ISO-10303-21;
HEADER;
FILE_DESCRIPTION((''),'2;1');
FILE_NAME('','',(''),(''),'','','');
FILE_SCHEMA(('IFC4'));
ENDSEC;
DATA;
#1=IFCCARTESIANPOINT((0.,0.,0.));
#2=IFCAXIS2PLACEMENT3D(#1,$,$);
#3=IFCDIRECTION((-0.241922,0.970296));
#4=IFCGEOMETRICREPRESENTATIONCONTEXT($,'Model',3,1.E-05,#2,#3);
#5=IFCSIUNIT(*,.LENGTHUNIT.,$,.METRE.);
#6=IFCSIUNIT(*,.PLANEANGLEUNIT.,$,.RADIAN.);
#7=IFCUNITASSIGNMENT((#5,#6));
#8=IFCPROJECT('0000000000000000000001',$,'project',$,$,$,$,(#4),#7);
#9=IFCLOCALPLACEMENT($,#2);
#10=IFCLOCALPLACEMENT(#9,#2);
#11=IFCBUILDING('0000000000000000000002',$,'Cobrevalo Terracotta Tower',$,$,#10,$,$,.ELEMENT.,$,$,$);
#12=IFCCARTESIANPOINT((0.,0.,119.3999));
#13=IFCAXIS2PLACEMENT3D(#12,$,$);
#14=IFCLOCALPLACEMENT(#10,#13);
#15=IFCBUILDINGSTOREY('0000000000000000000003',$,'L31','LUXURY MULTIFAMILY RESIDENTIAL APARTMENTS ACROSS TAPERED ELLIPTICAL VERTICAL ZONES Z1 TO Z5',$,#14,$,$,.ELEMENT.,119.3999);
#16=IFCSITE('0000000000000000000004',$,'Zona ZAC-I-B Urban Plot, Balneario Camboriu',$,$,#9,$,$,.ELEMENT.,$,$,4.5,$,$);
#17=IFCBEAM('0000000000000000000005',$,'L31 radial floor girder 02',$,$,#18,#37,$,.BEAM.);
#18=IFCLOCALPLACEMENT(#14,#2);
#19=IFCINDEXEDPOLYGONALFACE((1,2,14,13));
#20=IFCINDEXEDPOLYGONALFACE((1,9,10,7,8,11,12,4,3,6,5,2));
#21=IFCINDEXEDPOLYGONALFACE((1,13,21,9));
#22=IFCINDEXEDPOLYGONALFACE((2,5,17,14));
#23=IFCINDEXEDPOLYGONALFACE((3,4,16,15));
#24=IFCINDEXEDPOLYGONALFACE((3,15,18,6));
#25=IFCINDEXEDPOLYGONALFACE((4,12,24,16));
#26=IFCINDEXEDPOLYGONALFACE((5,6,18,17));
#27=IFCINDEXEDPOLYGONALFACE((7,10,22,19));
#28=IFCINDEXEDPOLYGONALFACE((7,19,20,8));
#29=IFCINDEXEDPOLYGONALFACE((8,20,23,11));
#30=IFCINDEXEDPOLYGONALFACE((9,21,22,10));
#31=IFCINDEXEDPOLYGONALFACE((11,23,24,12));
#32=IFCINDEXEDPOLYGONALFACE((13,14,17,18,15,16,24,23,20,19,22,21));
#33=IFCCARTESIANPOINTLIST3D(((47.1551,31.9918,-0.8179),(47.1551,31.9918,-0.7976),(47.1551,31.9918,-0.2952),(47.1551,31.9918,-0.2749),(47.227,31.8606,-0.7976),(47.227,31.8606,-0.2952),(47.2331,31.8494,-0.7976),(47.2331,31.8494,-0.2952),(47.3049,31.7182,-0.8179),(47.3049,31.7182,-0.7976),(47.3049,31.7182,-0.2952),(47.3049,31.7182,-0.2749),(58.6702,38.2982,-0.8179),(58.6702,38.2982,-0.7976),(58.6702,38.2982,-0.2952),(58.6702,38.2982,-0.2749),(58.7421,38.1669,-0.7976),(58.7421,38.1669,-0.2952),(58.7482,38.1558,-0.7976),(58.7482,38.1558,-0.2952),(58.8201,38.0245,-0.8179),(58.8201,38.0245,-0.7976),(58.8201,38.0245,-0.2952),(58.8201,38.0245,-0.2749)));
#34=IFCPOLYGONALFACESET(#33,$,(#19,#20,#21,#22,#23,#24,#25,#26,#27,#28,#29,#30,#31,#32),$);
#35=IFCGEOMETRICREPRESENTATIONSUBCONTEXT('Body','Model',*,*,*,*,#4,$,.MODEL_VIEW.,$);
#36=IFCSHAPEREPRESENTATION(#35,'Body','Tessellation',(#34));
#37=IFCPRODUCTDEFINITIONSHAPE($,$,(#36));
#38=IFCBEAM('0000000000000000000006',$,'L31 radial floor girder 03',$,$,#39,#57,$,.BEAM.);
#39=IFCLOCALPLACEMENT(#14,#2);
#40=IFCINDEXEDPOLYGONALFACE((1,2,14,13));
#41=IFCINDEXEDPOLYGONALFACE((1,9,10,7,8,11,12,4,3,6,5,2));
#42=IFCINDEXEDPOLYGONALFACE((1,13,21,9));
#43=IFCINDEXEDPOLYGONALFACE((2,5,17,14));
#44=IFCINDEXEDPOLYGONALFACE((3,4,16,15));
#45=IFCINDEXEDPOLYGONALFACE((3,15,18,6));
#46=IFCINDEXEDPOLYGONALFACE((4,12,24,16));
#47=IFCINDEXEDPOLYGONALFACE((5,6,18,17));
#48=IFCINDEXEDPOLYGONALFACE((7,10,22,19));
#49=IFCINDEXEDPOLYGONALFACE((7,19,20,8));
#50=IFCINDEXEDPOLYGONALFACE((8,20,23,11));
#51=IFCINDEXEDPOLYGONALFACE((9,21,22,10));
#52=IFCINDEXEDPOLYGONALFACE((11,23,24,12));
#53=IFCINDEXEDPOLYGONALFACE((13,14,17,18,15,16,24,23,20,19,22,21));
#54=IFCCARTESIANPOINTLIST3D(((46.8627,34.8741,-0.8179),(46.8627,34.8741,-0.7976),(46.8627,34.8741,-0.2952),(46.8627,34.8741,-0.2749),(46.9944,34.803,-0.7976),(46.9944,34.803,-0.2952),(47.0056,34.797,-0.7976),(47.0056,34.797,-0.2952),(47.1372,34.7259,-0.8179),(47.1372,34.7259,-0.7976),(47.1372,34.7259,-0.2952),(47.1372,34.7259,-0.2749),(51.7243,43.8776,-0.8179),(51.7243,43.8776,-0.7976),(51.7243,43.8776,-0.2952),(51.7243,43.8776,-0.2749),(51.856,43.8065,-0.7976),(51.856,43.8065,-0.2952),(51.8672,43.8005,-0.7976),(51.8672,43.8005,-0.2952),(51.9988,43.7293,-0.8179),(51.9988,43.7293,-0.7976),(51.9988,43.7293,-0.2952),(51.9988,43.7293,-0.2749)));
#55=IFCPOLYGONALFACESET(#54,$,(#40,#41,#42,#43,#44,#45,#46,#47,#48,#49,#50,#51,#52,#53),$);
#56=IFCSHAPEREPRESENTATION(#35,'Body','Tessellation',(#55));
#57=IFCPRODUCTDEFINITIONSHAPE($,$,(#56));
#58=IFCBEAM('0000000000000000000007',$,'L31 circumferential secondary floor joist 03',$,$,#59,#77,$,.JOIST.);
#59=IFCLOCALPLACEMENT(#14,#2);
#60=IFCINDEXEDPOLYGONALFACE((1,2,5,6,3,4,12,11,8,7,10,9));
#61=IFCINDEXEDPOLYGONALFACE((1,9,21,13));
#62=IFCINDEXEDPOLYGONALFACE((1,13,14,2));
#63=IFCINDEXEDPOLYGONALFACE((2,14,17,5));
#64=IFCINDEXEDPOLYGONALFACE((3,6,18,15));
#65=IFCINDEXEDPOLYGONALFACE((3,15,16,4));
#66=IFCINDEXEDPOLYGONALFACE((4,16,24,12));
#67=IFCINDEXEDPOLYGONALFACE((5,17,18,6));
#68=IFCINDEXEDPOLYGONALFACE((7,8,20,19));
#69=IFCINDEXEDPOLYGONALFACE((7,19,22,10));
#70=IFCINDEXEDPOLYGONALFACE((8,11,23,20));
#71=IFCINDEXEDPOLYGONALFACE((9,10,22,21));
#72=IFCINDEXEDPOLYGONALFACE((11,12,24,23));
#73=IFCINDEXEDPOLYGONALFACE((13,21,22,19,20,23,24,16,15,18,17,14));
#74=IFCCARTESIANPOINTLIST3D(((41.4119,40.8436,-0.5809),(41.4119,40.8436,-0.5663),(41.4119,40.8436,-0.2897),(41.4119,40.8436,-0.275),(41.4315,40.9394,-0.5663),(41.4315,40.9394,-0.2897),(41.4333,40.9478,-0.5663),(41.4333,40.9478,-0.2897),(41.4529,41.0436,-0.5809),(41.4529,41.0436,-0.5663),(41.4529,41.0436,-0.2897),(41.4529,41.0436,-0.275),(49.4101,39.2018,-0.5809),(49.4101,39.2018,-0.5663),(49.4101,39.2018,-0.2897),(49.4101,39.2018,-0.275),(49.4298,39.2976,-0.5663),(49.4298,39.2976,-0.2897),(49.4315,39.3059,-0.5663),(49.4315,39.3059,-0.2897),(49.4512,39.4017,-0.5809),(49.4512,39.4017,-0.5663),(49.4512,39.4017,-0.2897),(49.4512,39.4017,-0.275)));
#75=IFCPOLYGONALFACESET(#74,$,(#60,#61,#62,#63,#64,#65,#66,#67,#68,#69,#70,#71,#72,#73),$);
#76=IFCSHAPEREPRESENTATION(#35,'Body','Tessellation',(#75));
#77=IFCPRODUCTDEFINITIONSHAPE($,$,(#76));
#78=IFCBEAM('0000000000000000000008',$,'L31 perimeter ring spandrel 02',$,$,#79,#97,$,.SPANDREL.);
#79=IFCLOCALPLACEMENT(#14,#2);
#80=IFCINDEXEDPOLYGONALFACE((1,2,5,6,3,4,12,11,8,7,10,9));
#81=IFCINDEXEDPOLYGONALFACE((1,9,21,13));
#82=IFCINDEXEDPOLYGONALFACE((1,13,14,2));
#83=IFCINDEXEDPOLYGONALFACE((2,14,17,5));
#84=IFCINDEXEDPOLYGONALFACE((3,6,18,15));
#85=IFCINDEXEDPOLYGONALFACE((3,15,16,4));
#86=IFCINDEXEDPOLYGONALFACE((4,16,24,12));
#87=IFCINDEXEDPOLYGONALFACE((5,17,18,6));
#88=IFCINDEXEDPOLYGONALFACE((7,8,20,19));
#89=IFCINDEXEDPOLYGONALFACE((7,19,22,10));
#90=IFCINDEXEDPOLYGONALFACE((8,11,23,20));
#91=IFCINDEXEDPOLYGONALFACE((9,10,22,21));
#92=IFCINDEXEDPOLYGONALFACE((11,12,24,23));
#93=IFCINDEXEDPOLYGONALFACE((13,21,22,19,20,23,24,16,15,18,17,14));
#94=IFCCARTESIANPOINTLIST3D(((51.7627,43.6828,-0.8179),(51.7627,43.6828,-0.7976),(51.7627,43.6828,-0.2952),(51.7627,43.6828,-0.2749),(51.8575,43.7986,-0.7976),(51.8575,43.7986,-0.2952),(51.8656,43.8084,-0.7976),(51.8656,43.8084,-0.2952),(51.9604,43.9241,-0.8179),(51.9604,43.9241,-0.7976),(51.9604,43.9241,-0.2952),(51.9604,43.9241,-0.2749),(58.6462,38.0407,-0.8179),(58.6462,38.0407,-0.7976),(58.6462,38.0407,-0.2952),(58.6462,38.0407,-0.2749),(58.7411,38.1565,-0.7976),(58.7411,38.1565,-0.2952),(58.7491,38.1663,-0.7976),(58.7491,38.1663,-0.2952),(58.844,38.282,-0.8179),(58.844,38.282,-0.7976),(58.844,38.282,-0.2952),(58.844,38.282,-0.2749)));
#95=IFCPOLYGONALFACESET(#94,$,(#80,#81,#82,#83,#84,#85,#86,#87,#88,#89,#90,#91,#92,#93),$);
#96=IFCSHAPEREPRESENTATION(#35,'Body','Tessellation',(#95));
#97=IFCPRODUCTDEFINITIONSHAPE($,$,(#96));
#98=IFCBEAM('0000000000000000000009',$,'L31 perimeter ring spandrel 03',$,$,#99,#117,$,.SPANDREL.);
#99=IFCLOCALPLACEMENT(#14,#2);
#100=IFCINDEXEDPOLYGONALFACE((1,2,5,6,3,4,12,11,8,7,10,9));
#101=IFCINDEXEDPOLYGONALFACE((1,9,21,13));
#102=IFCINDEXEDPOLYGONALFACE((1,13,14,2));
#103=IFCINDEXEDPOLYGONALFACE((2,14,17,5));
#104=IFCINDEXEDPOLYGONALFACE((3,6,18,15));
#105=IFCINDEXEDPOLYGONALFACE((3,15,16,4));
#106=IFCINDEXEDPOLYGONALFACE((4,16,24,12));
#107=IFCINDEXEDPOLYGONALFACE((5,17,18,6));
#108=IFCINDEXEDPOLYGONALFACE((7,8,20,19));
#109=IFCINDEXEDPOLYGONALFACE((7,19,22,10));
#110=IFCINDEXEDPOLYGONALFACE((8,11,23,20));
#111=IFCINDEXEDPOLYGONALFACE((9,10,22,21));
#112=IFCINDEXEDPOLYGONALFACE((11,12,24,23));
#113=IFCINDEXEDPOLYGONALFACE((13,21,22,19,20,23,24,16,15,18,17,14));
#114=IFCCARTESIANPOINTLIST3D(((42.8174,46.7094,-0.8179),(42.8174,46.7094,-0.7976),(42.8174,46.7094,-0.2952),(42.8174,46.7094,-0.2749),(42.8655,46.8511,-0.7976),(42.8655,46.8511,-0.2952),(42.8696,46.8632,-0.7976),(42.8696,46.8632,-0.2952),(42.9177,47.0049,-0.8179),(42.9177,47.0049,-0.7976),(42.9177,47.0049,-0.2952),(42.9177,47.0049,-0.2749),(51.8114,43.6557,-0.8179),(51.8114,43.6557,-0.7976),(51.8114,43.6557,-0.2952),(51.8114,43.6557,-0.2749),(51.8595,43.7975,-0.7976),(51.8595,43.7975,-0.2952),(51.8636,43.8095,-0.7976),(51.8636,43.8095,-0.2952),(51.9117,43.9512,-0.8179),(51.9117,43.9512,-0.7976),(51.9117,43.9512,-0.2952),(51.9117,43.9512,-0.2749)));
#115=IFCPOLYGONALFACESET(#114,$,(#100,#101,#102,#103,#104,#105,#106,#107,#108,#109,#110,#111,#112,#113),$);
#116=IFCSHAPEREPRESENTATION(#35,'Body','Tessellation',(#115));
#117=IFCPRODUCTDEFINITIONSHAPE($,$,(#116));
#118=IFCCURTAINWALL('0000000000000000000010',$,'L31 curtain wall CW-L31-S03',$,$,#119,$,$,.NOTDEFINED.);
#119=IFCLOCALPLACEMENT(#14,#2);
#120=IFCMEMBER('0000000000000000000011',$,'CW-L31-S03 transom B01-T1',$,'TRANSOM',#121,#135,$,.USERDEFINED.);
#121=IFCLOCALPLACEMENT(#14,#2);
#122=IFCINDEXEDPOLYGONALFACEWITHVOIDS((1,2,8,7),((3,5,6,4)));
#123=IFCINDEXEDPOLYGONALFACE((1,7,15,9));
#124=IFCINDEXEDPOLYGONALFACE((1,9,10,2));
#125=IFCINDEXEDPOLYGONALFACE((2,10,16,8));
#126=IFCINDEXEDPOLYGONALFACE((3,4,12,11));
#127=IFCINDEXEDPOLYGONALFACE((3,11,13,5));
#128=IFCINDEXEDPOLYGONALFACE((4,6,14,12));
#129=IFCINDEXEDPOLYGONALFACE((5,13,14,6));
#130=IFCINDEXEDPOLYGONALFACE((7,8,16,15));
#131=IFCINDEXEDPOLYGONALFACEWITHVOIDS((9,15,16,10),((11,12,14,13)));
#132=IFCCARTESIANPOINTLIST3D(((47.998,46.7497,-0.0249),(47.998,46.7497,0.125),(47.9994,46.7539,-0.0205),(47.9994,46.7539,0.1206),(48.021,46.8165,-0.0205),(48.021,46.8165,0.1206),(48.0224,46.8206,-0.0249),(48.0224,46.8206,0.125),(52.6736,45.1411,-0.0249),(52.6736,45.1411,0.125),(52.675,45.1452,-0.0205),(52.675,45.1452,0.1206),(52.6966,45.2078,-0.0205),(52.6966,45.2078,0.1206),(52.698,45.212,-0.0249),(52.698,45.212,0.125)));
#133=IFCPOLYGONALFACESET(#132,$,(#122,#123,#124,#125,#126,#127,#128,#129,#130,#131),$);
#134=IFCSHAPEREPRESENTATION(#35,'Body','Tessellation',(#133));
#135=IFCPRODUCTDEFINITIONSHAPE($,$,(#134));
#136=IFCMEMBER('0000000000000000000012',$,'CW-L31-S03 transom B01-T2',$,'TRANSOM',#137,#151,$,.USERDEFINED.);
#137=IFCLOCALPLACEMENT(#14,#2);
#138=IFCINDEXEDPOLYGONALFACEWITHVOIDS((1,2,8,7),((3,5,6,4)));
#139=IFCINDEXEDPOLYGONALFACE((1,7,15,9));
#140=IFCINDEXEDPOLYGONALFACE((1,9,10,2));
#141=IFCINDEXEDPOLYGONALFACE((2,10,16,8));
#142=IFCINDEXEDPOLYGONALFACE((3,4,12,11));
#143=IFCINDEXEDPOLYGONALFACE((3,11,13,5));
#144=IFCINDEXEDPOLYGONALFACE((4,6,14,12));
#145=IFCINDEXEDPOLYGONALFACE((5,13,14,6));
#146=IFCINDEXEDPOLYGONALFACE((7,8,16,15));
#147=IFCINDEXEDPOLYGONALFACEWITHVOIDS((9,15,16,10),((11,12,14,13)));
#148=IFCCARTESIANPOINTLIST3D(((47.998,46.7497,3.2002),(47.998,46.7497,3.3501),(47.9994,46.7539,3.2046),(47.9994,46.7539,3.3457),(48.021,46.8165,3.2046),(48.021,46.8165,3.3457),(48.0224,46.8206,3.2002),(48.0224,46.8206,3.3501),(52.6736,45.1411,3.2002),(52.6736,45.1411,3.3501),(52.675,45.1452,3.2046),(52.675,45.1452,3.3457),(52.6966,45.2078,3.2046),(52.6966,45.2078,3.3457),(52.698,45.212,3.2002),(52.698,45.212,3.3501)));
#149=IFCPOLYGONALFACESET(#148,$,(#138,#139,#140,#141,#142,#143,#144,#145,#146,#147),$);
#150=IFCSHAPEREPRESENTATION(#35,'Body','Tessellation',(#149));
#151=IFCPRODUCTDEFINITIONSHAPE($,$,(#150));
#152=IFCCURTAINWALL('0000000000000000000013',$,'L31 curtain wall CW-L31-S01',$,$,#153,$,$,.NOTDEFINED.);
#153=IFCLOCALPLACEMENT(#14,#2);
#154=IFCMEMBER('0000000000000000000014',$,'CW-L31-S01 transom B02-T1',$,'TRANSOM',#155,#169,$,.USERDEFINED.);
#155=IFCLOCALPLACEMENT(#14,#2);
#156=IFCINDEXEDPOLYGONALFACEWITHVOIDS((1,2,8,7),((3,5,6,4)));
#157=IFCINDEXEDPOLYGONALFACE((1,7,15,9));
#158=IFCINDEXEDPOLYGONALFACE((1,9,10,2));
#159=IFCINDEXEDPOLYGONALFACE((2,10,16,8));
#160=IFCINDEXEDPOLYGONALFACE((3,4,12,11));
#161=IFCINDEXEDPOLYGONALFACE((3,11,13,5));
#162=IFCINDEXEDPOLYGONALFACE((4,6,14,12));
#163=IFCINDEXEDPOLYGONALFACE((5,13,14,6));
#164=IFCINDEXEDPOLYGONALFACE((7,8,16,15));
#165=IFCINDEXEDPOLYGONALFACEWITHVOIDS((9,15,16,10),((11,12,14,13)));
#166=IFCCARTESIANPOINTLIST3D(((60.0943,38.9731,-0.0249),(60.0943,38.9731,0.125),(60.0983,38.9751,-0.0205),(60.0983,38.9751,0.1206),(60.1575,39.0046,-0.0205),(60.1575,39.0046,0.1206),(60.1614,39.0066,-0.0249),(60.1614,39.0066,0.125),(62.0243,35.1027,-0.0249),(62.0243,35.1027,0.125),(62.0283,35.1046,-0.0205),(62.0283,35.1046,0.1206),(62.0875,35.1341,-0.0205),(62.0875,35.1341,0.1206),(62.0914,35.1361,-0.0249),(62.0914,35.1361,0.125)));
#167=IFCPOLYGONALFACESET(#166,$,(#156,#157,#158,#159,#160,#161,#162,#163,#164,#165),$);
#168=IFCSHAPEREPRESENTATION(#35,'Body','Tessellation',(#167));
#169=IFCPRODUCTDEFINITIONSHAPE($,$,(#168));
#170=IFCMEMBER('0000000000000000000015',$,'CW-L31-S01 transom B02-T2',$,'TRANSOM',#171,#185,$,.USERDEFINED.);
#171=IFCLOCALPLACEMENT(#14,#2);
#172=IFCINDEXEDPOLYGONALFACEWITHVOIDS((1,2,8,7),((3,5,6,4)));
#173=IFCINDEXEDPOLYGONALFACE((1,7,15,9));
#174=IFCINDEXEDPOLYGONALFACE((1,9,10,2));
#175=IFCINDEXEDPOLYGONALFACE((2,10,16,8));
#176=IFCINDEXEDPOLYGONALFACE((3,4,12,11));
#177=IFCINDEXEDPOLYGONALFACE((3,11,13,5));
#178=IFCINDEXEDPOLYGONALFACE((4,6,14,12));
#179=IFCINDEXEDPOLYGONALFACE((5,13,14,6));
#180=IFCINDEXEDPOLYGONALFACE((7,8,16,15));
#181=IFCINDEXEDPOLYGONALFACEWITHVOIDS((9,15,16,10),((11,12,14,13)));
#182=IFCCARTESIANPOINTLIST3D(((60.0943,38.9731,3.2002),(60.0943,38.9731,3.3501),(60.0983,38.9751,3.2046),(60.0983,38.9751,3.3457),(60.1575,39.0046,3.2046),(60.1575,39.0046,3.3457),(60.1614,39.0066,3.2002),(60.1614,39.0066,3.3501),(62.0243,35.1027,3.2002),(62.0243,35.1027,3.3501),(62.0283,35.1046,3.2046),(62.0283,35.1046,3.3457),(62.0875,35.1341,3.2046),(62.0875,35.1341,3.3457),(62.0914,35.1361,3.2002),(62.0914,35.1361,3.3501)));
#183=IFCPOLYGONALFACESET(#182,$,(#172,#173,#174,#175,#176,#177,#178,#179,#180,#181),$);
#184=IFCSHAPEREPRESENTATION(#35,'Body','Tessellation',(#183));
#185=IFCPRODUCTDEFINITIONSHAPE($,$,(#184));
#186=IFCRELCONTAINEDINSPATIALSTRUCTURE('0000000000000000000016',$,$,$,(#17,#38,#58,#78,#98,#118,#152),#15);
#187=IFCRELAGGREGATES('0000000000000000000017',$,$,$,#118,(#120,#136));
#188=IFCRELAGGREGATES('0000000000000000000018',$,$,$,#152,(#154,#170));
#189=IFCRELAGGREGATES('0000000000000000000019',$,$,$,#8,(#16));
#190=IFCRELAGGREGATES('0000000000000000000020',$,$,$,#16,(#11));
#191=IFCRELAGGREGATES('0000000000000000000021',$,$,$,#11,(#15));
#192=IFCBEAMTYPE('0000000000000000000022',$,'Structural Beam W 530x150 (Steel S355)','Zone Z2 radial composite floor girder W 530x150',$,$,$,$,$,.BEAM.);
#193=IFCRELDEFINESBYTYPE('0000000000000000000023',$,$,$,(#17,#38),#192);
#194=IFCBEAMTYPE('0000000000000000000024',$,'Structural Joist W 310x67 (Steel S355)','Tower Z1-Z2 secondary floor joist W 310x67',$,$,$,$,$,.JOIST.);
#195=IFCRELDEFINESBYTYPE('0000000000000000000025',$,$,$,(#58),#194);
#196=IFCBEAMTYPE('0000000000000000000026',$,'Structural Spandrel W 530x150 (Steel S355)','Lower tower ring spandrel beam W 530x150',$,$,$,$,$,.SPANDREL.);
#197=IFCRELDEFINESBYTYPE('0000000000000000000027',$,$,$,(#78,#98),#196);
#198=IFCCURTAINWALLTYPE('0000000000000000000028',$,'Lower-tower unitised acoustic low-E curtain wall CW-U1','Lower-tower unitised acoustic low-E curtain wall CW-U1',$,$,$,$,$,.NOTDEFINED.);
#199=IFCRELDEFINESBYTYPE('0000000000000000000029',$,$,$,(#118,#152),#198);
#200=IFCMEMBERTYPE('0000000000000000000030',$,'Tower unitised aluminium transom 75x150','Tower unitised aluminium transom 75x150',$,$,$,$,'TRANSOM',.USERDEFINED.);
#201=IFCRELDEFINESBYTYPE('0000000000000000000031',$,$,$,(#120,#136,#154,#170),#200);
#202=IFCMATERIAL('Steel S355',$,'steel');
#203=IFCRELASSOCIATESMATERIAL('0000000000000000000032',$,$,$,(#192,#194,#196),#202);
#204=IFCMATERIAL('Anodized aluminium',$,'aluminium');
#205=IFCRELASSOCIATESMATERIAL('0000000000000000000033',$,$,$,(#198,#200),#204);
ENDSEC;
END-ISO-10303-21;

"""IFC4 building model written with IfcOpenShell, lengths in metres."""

from ifc_helpers import new_model, si_unit, direction, frame, origin, origin_2d, place, context, subcontext, project, spatial, hollow_rectangle, i_section, extrude, source, transform, mapped, material, material_profile, profile_set, type_object, element, aggregate, save


model = new_model("IFC4")

# Units and contexts
model_context = context("Model", 3, precision=1e-05, world=origin(), true_north=direction((-0.241922, 0.970296)))
body_context = subcontext(model_context, "Body", "Model", "MODEL_VIEW")
ifc_project = project(units=[si_unit("LENGTHUNIT", "METRE"), si_unit("PLANEANGLEUNIT", "RADIAN")], contexts=[model_context])

# Site, building, storey
site_placement = place(None, origin())
site = spatial("IfcSite", under=ifc_project, at=site_placement, Name="Zona ZAC-I-B Urban Plot, Balneario Camboriu", CompositionType="ELEMENT", RefElevation=4.5)
building_placement = place(site_placement, origin())
building = spatial("IfcBuilding", under=site, at=building_placement, Name="Cobrevalo Terracotta Tower", CompositionType="ELEMENT")
storey_placement = place(building_placement, frame((0.0, 0.0, 119.3999)))
storey = spatial("IfcBuildingStorey", under=building, at=storey_placement, Name="L31", Description="LUXURY MULTIFAMILY RESIDENTIAL APARTMENTS ACROSS TAPERED ELLIPTICAL VERTICAL ZONES Z1 TO Z5", CompositionType="ELEMENT", Elevation=119.3999)

# Shared definitions
ifc_material_1 = material(Name="Steel S355", Category="steel")

# Beams
ifc_material_profile_1 = material_profile(ifc_material_1, i_section(OverallWidth=0.312, OverallDepth=0.543, WebThickness=0.0127, FlangeThickness=0.0203, at=origin_2d()), Name="W 530x150")
ifc_profile_set_1 = profile_set([ifc_material_profile_1], Name="Steel S355")
beam_type_1 = type_object("IfcBeamType", Name="Structural Beam W 530x150 (Steel S355)", Description="Zone Z2 radial composite floor girder W 530x150", PredefinedType="BEAM", material=ifc_profile_set_1)
beam_1_placement = place(storey_placement, frame((58.7451, 38.1614, -0.5464), z_axis=(-0.877081, -0.480343, 0.0), x_axis=(0.480343, -0.877081, 0.0)))
element("IfcBeam", 1, at=beam_1_placement, inside=storey, type_object=beam_type_1, Name="L31 radial floor girder 02", PredefinedType="BEAM", context=body_context, shape_type="SweptSolid", body=[
    extrude(i_section(OverallWidth=0.312, OverallDepth=0.543, WebThickness=0.0127, FlangeThickness=0.0203, at=origin_2d()), origin(), (0.0, 0.0, 1.0), 13.1289),
])
beam_2_placement = place(storey_placement, frame((51.8616, 43.8035, -0.5464), z_axis=(-0.475128, -0.879917, 0.0), x_axis=(0.879917, -0.475128, 0.0)))
element("IfcBeam", 2, at=beam_2_placement, inside=storey, type_object=beam_type_1, Name="L31 radial floor girder 03", PredefinedType="BEAM", context=body_context, shape_type="SweptSolid", body=[
    extrude(i_section(OverallWidth=0.312, OverallDepth=0.543, WebThickness=0.0127, FlangeThickness=0.0203, at=origin_2d()), origin(), (0.0, 0.0, 1.0), 10.2322),
])
ifc_material_profile_2 = material_profile(ifc_material_1, i_section(OverallWidth=0.2041, OverallDepth=0.3059, WebThickness=0.0085, FlangeThickness=0.0146, at=origin_2d()), Name="W 310x67")
ifc_profile_set_2 = profile_set([ifc_material_profile_2], Name="Steel S355")
beam_type_2 = type_object("IfcBeamType", Name="Structural Joist W 310x67 (Steel S355)", Description="Tower Z1-Z2 secondary floor joist W 310x67", PredefinedType="JOIST", material=ifc_profile_set_2)
beam_3_placement = place(storey_placement, frame((49.4307, 39.3018, -0.428), z_axis=(-0.979574, 0.201082, 0.0), x_axis=(-0.201082, -0.979574, 0.0)))
element("IfcBeam", 3, at=beam_3_placement, inside=storey, type_object=beam_type_2, Name="L31 circumferential secondary floor joist 03", PredefinedType="JOIST", context=body_context, shape_type="SweptSolid", body=[
    extrude(i_section(OverallWidth=0.2041, OverallDepth=0.3059, WebThickness=0.0085, FlangeThickness=0.0146, at=origin_2d()), origin(), (0.0, 0.0, 1.0), 8.165),
])
ifc_material_profile_3 = material_profile(ifc_material_1, i_section(OverallWidth=0.312, OverallDepth=0.543, WebThickness=0.0127, FlangeThickness=0.0203, at=origin_2d()), Name="W 530x150")
ifc_profile_set_3 = profile_set([ifc_material_profile_3], Name="Steel S355")
beam_type_3 = type_object("IfcBeamType", Name="Structural Spandrel W 530x150 (Steel S355)", Description="Lower tower ring spandrel beam W 530x150", PredefinedType="SPANDREL", material=ifc_profile_set_3)
beam_4_placement = place(storey_placement, frame((58.7451, 38.1614, -0.5464), z_axis=(-0.773401, 0.633917, 0.0), x_axis=(-0.633917, -0.773401, 0.0)))
element("IfcBeam", 4, at=beam_4_placement, inside=storey, type_object=beam_type_3, Name="L31 perimeter ring spandrel 02", PredefinedType="SPANDREL", context=body_context, shape_type="SweptSolid", body=[
    extrude(i_section(OverallWidth=0.312, OverallDepth=0.543, WebThickness=0.0127, FlangeThickness=0.0203, at=origin_2d()), origin(), (0.0, 0.0, 1.0), 8.9004),
])
beam_5_placement = place(storey_placement, frame((51.8616, 43.8035, -0.5464), z_axis=(-0.946911, 0.321497, 0.0), x_axis=(-0.321497, -0.946911, 0.0)))
element("IfcBeam", 5, at=beam_5_placement, inside=storey, type_object=beam_type_3, Name="L31 perimeter ring spandrel 03", PredefinedType="SPANDREL", context=body_context, shape_type="SweptSolid", body=[
    extrude(i_section(OverallWidth=0.312, OverallDepth=0.543, WebThickness=0.0127, FlangeThickness=0.0203, at=origin_2d()), origin(), (0.0, 0.0, 1.0), 9.4983),
])

# Curtain walls, members
ifc_material_2 = material(Name="Anodized aluminium", Category="aluminium")
curtain_wall_type = type_object("IfcCurtainWallType", Name="Lower-tower unitised acoustic low-E curtain wall CW-U1", Description="Lower-tower unitised acoustic low-E curtain wall CW-U1", PredefinedType="NOTDEFINED", material=ifc_material_2)
curtain_wall_1_placement = place(storey_placement, origin())
curtain_wall_1 = element("IfcCurtainWall", 6, at=curtain_wall_1_placement, inside=storey, type_object=curtain_wall_type, Name="L31 curtain wall CW-L31-S03", PredefinedType="NOTDEFINED")
ifc_material_profile_4 = material_profile(ifc_material_2, hollow_rectangle(XDim=0.075, YDim=0.1499, WallThickness=0.0044, at=origin_2d()), Name="CWT 75x150")
ifc_profile_set_4 = profile_set([ifc_material_profile_4], Name="Anodized aluminium")
member_type_1 = type_object("IfcMemberType", Name="Tower unitised aluminium transom 75x150", Description="Tower unitised aluminium transom 75x150", ElementType="TRANSOM", PredefinedType="USERDEFINED", material=ifc_profile_set_4)
shared_shape_1 = source(origin(), body_context, "Body", "SweptSolid", [
    extrude(hollow_rectangle(XDim=0.075, YDim=0.1499, WallThickness=0.0044, at=origin_2d()), origin(), (0.0, 0.0, 1.0), 4.9446),
])
member_1_placement = place(storey_placement, frame((52.6858, 45.1765, 0.05), z_axis=(-0.945598, 0.325338, 0.0), x_axis=(-0.325338, -0.945598, 0.0)))
member_1 = element("IfcMember", 7, at=member_1_placement, type_object=member_type_1, Name="CW-L31-S03 transom B01-T1", ObjectType="TRANSOM", PredefinedType="USERDEFINED", context=body_context, shape_type="MappedRepresentation", body=[
    mapped(shared_shape_1, transform((0.0, 0.0, 0.0), scale=1.0)),
])
member_2_placement = place(storey_placement, frame((52.6858, 45.1765, 3.2751), z_axis=(-0.945598, 0.325338, 0.0), x_axis=(-0.325338, -0.945598, 0.0)))
member_2 = element("IfcMember", 8, at=member_2_placement, type_object=member_type_1, Name="CW-L31-S03 transom B01-T2", ObjectType="TRANSOM", PredefinedType="USERDEFINED", context=body_context, shape_type="MappedRepresentation", body=[
    mapped(shared_shape_1, transform((0.0, 0.0, 0.0), scale=1.0)),
])
curtain_wall_2_placement = place(storey_placement, origin())
curtain_wall_2 = element("IfcCurtainWall", 9, at=curtain_wall_2_placement, inside=storey, type_object=curtain_wall_type, Name="L31 curtain wall CW-L31-S01", PredefinedType="NOTDEFINED")
shared_shape_2 = source(origin(), body_context, "Body", "SweptSolid", [
    extrude(hollow_rectangle(XDim=0.075, YDim=0.1499, WallThickness=0.0044, at=origin_2d()), origin(), (0.0, 0.0, 1.0), 4.325),
])
member_3_placement = place(storey_placement, frame((62.0579, 35.1194, 0.05), z_axis=(-0.446242, 0.894912, 0.0), x_axis=(-0.894912, -0.446242, 0.0)))
member_3 = element("IfcMember", 10, at=member_3_placement, type_object=member_type_1, Name="CW-L31-S01 transom B02-T1", ObjectType="TRANSOM", PredefinedType="USERDEFINED", context=body_context, shape_type="MappedRepresentation", body=[
    mapped(shared_shape_2, transform((0.0, 0.0, 0.0), scale=1.0)),
])
member_4_placement = place(storey_placement, frame((62.0579, 35.1194, 3.2751), z_axis=(-0.446242, 0.894912, 0.0), x_axis=(-0.894912, -0.446242, 0.0)))
member_4 = element("IfcMember", 11, at=member_4_placement, type_object=member_type_1, Name="CW-L31-S01 transom B02-T2", ObjectType="TRANSOM", PredefinedType="USERDEFINED", context=body_context, shape_type="MappedRepresentation", body=[
    mapped(shared_shape_2, transform((0.0, 0.0, 0.0), scale=1.0)),
])

aggregate(curtain_wall_1, [member_1, member_2])
aggregate(curtain_wall_2, [member_3, member_4])

save(model, "model.ifc")
